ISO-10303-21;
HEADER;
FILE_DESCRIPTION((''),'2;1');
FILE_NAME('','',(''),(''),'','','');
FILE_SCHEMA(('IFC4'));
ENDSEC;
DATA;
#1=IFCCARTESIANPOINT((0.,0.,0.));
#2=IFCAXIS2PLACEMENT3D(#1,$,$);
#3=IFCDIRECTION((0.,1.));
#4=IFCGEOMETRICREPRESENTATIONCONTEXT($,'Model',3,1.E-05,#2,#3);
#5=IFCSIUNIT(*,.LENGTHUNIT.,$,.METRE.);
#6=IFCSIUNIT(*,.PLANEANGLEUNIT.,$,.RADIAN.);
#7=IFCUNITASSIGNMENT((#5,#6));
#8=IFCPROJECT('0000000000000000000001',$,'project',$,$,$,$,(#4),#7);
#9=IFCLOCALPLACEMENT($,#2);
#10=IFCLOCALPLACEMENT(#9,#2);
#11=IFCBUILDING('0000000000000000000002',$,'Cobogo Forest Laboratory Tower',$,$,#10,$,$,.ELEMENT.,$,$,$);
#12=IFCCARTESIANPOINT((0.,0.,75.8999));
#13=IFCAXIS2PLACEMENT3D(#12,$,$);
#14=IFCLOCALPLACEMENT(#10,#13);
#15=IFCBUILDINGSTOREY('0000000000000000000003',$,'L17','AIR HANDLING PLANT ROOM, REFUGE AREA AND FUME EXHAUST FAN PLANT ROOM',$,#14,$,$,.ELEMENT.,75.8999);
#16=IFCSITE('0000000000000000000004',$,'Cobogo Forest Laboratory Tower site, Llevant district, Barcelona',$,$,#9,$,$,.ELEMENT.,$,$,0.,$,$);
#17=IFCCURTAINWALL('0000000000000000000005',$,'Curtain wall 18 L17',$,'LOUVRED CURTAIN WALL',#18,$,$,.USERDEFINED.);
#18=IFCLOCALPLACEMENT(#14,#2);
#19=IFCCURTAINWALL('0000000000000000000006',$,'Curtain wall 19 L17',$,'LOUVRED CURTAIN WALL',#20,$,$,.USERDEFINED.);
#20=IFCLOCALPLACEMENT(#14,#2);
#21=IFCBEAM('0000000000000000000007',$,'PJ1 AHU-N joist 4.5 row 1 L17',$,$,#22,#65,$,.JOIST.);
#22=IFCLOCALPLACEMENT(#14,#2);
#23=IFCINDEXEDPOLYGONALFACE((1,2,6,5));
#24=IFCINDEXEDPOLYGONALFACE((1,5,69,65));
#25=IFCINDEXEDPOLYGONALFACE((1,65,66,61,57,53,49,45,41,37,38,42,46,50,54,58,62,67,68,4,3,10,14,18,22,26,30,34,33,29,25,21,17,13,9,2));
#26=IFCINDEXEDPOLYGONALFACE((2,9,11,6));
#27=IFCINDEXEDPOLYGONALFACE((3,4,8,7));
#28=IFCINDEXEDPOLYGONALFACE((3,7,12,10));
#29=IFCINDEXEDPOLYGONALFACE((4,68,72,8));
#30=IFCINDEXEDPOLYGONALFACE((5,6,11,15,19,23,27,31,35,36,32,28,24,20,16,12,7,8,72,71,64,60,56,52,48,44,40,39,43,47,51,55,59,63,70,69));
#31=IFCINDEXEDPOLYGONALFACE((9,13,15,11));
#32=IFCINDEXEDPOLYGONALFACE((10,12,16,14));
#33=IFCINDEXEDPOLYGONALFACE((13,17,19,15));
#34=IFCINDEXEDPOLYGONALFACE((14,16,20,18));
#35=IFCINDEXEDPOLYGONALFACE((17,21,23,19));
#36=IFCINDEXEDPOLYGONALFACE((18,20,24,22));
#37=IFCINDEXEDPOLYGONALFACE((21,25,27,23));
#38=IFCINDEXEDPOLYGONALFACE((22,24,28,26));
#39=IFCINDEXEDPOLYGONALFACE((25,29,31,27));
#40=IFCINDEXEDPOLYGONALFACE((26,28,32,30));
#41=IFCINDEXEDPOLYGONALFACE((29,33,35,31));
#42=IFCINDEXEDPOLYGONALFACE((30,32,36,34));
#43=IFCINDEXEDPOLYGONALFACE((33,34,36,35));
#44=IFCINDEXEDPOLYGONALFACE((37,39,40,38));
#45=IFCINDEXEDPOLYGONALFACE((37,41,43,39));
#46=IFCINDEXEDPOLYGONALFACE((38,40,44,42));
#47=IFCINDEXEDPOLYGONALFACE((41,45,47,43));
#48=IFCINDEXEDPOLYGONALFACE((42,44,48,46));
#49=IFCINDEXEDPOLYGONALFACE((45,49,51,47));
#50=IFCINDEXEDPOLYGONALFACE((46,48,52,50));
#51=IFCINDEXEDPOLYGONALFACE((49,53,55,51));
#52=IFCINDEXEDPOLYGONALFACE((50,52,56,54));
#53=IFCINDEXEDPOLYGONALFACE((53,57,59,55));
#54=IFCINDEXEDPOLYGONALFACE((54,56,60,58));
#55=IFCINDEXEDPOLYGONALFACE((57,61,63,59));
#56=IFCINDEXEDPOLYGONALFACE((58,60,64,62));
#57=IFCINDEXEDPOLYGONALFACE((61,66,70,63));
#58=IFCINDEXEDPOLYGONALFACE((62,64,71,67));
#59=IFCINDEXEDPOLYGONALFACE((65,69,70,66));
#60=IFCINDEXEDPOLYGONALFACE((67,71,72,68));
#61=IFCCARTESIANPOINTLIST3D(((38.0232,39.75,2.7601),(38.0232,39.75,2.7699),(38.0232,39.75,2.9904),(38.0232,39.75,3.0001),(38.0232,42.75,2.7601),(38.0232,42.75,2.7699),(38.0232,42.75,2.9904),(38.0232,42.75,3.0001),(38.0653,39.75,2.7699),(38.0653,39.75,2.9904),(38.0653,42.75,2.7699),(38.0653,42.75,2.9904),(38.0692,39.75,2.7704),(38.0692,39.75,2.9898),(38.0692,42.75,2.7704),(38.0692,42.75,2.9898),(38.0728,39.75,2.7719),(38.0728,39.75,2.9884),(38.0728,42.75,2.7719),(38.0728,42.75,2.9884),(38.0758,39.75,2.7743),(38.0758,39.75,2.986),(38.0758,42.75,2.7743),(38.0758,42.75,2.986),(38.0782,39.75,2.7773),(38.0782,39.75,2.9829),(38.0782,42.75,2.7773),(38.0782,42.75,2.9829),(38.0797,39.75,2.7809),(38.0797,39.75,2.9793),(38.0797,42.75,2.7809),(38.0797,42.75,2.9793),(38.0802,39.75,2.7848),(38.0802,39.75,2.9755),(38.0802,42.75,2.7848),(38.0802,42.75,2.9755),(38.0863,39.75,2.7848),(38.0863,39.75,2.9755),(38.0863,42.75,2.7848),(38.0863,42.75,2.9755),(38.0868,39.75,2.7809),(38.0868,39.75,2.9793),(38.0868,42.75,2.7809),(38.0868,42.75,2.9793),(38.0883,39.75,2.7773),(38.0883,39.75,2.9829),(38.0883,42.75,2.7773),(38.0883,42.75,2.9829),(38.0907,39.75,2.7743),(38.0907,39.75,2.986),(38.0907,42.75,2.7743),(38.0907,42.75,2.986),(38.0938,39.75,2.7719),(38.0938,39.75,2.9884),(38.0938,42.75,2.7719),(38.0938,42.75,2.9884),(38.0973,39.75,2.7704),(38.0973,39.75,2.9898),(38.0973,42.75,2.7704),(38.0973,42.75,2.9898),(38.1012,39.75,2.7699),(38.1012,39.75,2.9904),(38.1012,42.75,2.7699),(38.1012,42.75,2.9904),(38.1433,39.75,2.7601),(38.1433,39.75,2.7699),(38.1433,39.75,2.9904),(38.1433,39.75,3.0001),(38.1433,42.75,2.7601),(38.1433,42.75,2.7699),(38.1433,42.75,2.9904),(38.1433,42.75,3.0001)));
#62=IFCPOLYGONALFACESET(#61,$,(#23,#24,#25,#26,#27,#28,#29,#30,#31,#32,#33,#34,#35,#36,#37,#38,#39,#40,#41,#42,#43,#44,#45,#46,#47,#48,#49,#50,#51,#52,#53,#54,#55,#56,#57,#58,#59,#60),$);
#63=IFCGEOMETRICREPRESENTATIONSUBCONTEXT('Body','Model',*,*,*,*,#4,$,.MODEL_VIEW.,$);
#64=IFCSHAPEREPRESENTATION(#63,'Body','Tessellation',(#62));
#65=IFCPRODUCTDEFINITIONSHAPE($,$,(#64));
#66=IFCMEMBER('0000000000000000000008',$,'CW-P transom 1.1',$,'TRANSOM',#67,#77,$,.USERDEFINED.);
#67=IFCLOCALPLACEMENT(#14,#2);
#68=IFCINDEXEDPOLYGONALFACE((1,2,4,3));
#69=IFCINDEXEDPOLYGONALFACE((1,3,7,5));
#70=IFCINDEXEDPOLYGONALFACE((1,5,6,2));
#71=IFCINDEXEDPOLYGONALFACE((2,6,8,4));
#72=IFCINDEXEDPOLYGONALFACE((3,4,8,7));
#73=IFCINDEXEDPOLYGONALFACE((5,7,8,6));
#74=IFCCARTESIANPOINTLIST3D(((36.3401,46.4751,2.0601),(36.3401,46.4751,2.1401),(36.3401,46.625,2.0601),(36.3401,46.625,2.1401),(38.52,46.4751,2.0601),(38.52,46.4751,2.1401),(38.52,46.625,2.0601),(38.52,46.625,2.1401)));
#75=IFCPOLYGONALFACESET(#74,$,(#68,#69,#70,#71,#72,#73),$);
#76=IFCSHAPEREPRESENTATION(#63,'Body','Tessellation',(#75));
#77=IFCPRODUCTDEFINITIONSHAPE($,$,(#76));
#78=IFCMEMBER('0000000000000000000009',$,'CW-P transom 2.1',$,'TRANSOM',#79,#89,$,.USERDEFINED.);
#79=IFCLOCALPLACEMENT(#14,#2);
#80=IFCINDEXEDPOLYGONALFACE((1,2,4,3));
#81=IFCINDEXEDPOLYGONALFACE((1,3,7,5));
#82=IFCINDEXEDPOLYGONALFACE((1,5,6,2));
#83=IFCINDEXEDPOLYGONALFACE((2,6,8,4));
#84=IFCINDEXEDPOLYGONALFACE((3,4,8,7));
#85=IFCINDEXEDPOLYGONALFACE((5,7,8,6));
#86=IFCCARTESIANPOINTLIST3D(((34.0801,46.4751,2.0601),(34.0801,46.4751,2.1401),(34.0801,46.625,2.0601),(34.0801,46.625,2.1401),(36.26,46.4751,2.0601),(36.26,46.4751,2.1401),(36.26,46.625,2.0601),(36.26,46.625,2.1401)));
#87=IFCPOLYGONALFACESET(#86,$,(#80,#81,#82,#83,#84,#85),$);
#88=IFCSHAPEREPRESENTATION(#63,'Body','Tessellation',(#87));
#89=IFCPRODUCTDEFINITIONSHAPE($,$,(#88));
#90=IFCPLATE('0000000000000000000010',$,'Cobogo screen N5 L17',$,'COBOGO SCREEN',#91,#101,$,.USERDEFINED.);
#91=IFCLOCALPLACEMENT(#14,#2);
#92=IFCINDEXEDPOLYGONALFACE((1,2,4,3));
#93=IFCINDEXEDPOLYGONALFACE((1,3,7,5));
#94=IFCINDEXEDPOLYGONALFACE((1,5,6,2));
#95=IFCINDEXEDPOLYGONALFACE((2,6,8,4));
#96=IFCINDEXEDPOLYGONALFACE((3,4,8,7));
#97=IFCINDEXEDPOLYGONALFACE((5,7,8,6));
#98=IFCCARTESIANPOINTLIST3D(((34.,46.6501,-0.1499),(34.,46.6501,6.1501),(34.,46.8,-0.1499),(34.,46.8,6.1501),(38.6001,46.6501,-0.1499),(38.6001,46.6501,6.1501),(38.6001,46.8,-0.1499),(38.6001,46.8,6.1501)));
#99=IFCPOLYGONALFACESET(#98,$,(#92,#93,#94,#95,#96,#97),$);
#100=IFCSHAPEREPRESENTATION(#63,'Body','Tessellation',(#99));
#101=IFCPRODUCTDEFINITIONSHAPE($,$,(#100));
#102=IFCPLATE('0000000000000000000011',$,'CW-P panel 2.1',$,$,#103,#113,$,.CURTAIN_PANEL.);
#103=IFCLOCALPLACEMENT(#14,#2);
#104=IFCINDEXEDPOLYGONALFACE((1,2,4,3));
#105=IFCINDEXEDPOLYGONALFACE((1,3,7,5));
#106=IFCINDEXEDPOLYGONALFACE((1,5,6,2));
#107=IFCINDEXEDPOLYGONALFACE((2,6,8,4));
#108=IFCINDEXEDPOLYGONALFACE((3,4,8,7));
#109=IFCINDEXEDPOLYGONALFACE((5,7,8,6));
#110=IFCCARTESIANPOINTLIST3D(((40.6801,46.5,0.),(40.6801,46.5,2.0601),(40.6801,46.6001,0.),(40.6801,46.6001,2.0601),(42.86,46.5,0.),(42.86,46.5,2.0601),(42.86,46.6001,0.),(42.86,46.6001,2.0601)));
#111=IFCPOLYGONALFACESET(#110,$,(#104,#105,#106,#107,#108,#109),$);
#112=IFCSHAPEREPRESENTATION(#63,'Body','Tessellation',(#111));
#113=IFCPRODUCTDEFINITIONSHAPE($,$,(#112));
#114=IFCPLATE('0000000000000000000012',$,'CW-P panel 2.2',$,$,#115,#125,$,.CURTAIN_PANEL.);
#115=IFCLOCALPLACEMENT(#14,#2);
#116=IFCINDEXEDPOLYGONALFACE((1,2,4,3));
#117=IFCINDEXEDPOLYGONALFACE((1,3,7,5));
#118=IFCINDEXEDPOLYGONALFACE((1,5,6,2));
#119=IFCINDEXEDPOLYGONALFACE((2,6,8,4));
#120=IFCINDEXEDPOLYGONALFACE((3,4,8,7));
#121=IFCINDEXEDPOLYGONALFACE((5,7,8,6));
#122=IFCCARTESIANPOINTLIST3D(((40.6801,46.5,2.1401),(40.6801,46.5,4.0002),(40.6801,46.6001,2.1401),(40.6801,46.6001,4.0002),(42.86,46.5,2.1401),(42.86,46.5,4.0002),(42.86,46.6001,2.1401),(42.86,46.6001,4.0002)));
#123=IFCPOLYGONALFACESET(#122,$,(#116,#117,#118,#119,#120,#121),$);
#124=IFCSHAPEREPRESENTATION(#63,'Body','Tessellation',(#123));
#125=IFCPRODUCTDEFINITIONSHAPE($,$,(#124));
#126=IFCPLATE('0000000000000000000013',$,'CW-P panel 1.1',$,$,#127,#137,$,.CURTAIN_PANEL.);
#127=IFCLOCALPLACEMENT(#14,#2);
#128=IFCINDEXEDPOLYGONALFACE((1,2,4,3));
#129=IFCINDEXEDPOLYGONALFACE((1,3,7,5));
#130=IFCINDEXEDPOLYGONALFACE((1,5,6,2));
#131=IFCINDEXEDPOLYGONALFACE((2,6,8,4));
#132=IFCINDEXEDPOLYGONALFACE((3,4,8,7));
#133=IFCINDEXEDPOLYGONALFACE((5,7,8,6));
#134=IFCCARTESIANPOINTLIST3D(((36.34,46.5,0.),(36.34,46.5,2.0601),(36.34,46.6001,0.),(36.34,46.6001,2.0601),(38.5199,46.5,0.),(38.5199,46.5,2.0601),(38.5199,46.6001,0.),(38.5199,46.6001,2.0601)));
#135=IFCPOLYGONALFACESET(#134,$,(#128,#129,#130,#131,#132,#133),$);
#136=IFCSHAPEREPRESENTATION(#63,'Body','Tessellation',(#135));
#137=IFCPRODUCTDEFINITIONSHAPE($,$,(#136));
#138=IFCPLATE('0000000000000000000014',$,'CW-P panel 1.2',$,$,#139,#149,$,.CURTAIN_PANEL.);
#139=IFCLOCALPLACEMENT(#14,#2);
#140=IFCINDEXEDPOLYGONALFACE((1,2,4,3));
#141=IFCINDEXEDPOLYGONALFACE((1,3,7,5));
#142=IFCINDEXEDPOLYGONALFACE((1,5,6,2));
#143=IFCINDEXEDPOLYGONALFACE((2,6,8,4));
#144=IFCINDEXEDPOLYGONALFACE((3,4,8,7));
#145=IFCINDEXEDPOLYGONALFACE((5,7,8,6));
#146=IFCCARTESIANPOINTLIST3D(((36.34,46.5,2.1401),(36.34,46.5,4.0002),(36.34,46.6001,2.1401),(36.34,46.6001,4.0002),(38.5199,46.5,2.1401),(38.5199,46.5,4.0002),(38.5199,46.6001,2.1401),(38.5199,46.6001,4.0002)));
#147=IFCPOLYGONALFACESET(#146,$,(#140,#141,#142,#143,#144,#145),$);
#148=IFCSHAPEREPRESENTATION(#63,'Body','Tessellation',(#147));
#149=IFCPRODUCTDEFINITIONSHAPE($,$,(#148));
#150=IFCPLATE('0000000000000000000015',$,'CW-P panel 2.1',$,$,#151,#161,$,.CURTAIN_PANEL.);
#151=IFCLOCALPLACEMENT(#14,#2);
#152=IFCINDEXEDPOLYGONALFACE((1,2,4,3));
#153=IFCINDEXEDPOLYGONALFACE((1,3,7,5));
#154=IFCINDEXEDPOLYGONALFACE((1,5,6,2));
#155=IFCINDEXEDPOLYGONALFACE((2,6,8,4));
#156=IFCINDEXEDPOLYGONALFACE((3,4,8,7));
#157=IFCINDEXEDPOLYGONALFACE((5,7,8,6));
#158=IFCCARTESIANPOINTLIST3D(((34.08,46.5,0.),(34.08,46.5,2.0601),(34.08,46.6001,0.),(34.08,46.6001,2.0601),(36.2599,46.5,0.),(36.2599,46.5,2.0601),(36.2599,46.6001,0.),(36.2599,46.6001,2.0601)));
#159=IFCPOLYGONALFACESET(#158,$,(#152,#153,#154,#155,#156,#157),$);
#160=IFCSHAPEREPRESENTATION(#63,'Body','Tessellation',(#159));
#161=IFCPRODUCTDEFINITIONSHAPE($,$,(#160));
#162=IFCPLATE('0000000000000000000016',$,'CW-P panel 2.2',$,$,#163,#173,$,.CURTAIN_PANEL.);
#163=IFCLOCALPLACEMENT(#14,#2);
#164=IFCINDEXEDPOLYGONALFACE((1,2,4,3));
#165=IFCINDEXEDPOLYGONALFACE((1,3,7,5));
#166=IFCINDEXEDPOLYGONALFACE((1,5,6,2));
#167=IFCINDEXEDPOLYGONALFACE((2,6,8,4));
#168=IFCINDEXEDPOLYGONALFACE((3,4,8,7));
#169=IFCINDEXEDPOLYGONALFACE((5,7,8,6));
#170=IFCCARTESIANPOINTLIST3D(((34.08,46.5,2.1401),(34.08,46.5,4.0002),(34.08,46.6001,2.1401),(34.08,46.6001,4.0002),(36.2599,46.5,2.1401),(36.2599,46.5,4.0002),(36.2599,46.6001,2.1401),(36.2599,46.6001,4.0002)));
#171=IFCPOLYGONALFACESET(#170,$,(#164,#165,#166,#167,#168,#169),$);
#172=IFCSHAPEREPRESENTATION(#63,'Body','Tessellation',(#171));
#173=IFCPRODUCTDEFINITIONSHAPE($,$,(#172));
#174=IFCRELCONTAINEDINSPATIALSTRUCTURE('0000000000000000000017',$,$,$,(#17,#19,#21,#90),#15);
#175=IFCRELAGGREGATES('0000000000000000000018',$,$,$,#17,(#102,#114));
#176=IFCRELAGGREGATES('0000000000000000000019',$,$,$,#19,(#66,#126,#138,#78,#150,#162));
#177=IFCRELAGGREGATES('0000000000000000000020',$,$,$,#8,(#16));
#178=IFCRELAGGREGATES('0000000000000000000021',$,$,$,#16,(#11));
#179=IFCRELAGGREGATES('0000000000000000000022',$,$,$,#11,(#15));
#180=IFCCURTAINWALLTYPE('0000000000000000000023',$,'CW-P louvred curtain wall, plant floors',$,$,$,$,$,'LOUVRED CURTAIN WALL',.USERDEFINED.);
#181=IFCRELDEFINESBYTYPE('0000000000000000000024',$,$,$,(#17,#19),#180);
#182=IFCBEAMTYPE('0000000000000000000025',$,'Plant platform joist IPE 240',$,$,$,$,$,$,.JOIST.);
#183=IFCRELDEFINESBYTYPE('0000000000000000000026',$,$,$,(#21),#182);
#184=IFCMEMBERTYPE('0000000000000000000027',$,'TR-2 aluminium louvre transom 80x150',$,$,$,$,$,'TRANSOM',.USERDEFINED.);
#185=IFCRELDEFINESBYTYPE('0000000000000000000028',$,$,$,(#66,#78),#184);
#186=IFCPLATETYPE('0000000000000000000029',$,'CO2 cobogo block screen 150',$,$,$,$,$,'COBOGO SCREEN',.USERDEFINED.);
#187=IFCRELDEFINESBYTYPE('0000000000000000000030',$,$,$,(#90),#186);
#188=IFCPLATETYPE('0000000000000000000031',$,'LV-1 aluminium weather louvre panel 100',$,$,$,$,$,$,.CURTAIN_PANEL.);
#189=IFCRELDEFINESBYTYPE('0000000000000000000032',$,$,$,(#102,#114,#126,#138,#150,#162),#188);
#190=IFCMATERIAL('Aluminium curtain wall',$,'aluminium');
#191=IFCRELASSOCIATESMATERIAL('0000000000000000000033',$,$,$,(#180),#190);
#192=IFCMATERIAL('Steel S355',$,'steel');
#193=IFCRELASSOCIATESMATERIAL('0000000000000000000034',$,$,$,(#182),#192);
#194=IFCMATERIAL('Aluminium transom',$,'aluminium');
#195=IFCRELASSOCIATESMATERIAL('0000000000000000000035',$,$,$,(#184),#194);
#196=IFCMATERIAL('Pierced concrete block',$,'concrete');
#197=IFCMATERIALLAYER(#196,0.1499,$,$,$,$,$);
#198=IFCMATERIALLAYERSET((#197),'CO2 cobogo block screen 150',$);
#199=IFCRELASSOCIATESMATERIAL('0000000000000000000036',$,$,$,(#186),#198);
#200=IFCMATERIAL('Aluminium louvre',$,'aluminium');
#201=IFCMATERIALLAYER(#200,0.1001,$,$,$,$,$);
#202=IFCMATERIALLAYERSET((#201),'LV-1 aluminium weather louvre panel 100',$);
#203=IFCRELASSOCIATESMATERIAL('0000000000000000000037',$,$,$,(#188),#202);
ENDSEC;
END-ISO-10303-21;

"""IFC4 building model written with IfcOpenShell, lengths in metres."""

from ifc_helpers import new_model, si_unit, direction, frame, origin, origin_2d, place, context, subcontext, project, spatial, rectangle, i_section, extrude, material, layer, layer_set, material_profile, profile_set, type_object, element, aggregate, save


model = new_model("IFC4")

# Units and contexts
model_context = context("Model", 3, precision=1e-05, world=origin(), true_north=direction((0.0, 1.0)))
body_context = subcontext(model_context, "Body", "Model", "MODEL_VIEW")
ifc_project = project(units=[si_unit("LENGTHUNIT", "METRE"), si_unit("PLANEANGLEUNIT", "RADIAN")], contexts=[model_context])

# Site, building, storey
site_placement = place(None, origin())
site = spatial("IfcSite", under=ifc_project, at=site_placement, Name="Cobogo Forest Laboratory Tower site, Llevant district, Barcelona", CompositionType="ELEMENT", RefElevation=0.0)
building_placement = place(site_placement, origin())
building = spatial("IfcBuilding", under=site, at=building_placement, Name="Cobogo Forest Laboratory Tower", CompositionType="ELEMENT")
storey_placement = place(building_placement, frame((0.0, 0.0, 75.8999)))
storey = spatial("IfcBuildingStorey", under=building, at=storey_placement, Name="L17", Description="AIR HANDLING PLANT ROOM, REFUGE AREA AND FUME EXHAUST FAN PLANT ROOM", CompositionType="ELEMENT", Elevation=75.8999)

# Curtain wall
ifc_material_1 = material(Name="Aluminium curtain wall", Category="aluminium")
curtain_wall_type = type_object("IfcCurtainWallType", Name="CW-P louvred curtain wall, plant floors", ElementType="LOUVRED CURTAIN WALL", PredefinedType="USERDEFINED", material=ifc_material_1)
curtain_wall_1_placement = place(storey_placement, origin())
curtain_wall_1 = element("IfcCurtainWall", 1, at=curtain_wall_1_placement, inside=storey, type_object=curtain_wall_type, Name="Curtain wall 18 L17", ObjectType="LOUVRED CURTAIN WALL", PredefinedType="USERDEFINED")

# Curtain wall
curtain_wall_2_placement = place(storey_placement, origin())
curtain_wall_2 = element("IfcCurtainWall", 2, at=curtain_wall_2_placement, inside=storey, type_object=curtain_wall_type, Name="Curtain wall 19 L17", ObjectType="LOUVRED CURTAIN WALL", PredefinedType="USERDEFINED")

# Beam
ifc_material_2 = material(Name="Steel S355", Category="steel")
ifc_material_profile_1 = material_profile(ifc_material_2, i_section(OverallWidth=0.1201, OverallDepth=0.24, WebThickness=0.0061, FlangeThickness=0.0098, FilletRadius=0.0149, at=origin_2d()), Name="IPE 240")
ifc_profile_set_1 = profile_set([ifc_material_profile_1], Name="Steel S355")
beam_type_1 = type_object("IfcBeamType", Name="Plant platform joist IPE 240", PredefinedType="JOIST", material=ifc_profile_set_1)
for number, where, z_axis, x_axis, name in (
    (3, (38.0833, 42.75, 2.8801), (0.0, -1.0, 0.0), (1.0, 0.0, 0.0), "PJ1 AHU-N joist 4.5 row 1 L17"),
):
    element("IfcBeam", number, at=place(storey_placement, frame(where, z_axis=z_axis, x_axis=x_axis)), inside=storey, type_object=beam_type_1, Name=name, PredefinedType="JOIST", context=body_context, shape_type="SweptSolid", body=[
        extrude(i_section(OverallWidth=0.1201, OverallDepth=0.24, WebThickness=0.0061, FlangeThickness=0.0098, FilletRadius=0.0149, at=origin_2d()), origin(), (0.0, 0.0, 1.0), 3.0),
    ])

# Members
ifc_material_3 = material(Name="Aluminium transom", Category="aluminium")
ifc_material_profile_2 = material_profile(ifc_material_3, rectangle(XDim=0.1499, YDim=0.0801, at=origin_2d()), Name="AL 80x150")
ifc_profile_set_2 = profile_set([ifc_material_profile_2], Name="Aluminium transom")
member_type_1 = type_object("IfcMemberType", Name="TR-2 aluminium louvre transom 80x150", ElementType="TRANSOM", PredefinedType="USERDEFINED", material=ifc_profile_set_2)
member_1_placement = place(storey_placement, frame((38.52, 46.55, 2.1001), z_axis=(-1.0, 0.0, 0.0), x_axis=(0.0, -1.0, 0.0)))
member_1 = element("IfcMember", 4, at=member_1_placement, type_object=member_type_1, Name="CW-P transom 1.1", ObjectType="TRANSOM", PredefinedType="USERDEFINED", context=body_context, shape_type="SweptSolid", body=[
    extrude(rectangle(XDim=0.1499, YDim=0.0801, at=origin_2d()), origin(), (0.0, 0.0, 1.0), 2.1799),
])
member_2_placement = place(storey_placement, frame((36.26, 46.55, 2.1001), z_axis=(-1.0, 0.0, 0.0), x_axis=(0.0, -1.0, 0.0)))
member_2 = element("IfcMember", 5, at=member_2_placement, type_object=member_type_1, Name="CW-P transom 2.1", ObjectType="TRANSOM", PredefinedType="USERDEFINED", context=body_context, shape_type="SweptSolid", body=[
    extrude(rectangle(XDim=0.1499, YDim=0.0801, at=origin_2d()), origin(), (0.0, 0.0, 1.0), 2.1799),
])

# Plates
ifc_material_4 = material(Name="Pierced concrete block", Category="concrete")
ifc_layer_1 = layer(ifc_material_4, 0.1499)
ifc_layer_set_1 = layer_set([ifc_layer_1], Name="CO2 cobogo block screen 150")
plate_type_1 = type_object("IfcPlateType", Name="CO2 cobogo block screen 150", ElementType="COBOGO SCREEN", PredefinedType="USERDEFINED", material=ifc_layer_set_1)
plate_1_placement = place(storey_placement, frame((36.3, 46.7251, -0.1499), z_axis=(0.0, 0.0, 1.0), x_axis=(1.0, 0.0, 0.0)))
element("IfcPlate", 6, at=plate_1_placement, inside=storey, type_object=plate_type_1, Name="Cobogo screen N5 L17", ObjectType="COBOGO SCREEN", PredefinedType="USERDEFINED", context=body_context, shape_type="SweptSolid", body=[
    extrude(rectangle(XDim=4.6001, YDim=0.1499, at=origin_2d()), origin(), (0.0, 0.0, 1.0), 6.3),
])
ifc_material_5 = material(Name="Aluminium louvre", Category="aluminium")
ifc_layer_2 = layer(ifc_material_5, 0.1001)
ifc_layer_set_2 = layer_set([ifc_layer_2], Name="LV-1 aluminium weather louvre panel 100")
plate_type_2 = type_object("IfcPlateType", Name="LV-1 aluminium weather louvre panel 100", PredefinedType="CURTAIN_PANEL", material=ifc_layer_set_2)
plate_2_placement = place(storey_placement, frame((41.77, 46.55, 0.0), z_axis=(0.0, 0.0, 1.0), x_axis=(-1.0, 0.0, 0.0)))
plate_2 = element("IfcPlate", 7, at=plate_2_placement, type_object=plate_type_2, Name="CW-P panel 2.1", PredefinedType="CURTAIN_PANEL", context=body_context, shape_type="SweptSolid", body=[
    extrude(rectangle(XDim=2.1799, YDim=0.1001, at=origin_2d()), origin(), (0.0, 0.0, 1.0), 2.0601),
])
plate_3_placement = place(storey_placement, frame((41.77, 46.55, 2.1401), z_axis=(0.0, 0.0, 1.0), x_axis=(-1.0, 0.0, 0.0)))
plate_3 = element("IfcPlate", 8, at=plate_3_placement, type_object=plate_type_2, Name="CW-P panel 2.2", PredefinedType="CURTAIN_PANEL", context=body_context, shape_type="SweptSolid", body=[
    extrude(rectangle(XDim=2.1799, YDim=0.1001, at=origin_2d()), origin(), (0.0, 0.0, 1.0), 1.8601),
])
aggregate(curtain_wall_1, [plate_2, plate_3])
plate_4_placement = place(storey_placement, frame((37.4299, 46.55, 0.0), z_axis=(0.0, 0.0, 1.0), x_axis=(-1.0, 0.0, 0.0)))
plate_4 = element("IfcPlate", 9, at=plate_4_placement, type_object=plate_type_2, Name="CW-P panel 1.1", PredefinedType="CURTAIN_PANEL", context=body_context, shape_type="SweptSolid", body=[
    extrude(rectangle(XDim=2.1799, YDim=0.1001, at=origin_2d()), origin(), (0.0, 0.0, 1.0), 2.0601),
])
plate_5_placement = place(storey_placement, frame((37.4299, 46.55, 2.1401), z_axis=(0.0, 0.0, 1.0), x_axis=(-1.0, 0.0, 0.0)))
plate_5 = element("IfcPlate", 10, at=plate_5_placement, type_object=plate_type_2, Name="CW-P panel 1.2", PredefinedType="CURTAIN_PANEL", context=body_context, shape_type="SweptSolid", body=[
    extrude(rectangle(XDim=2.1799, YDim=0.1001, at=origin_2d()), origin(), (0.0, 0.0, 1.0), 1.8601),
])
plate_6_placement = place(storey_placement, frame((35.1699, 46.55, 0.0), z_axis=(0.0, 0.0, 1.0), x_axis=(-1.0, 0.0, 0.0)))
plate_6 = element("IfcPlate", 11, at=plate_6_placement, type_object=plate_type_2, Name="CW-P panel 2.1", PredefinedType="CURTAIN_PANEL", context=body_context, shape_type="SweptSolid", body=[
    extrude(rectangle(XDim=2.1799, YDim=0.1001, at=origin_2d()), origin(), (0.0, 0.0, 1.0), 2.0601),
])
plate_7_placement = place(storey_placement, frame((35.1699, 46.55, 2.1401), z_axis=(0.0, 0.0, 1.0), x_axis=(-1.0, 0.0, 0.0)))
plate_7 = element("IfcPlate", 12, at=plate_7_placement, type_object=plate_type_2, Name="CW-P panel 2.2", PredefinedType="CURTAIN_PANEL", context=body_context, shape_type="SweptSolid", body=[
    extrude(rectangle(XDim=2.1799, YDim=0.1001, at=origin_2d()), origin(), (0.0, 0.0, 1.0), 1.8601),
])
aggregate(curtain_wall_2, [member_1, plate_4, plate_5, member_2, plate_6, plate_7])

save(model, "model.ifc")
